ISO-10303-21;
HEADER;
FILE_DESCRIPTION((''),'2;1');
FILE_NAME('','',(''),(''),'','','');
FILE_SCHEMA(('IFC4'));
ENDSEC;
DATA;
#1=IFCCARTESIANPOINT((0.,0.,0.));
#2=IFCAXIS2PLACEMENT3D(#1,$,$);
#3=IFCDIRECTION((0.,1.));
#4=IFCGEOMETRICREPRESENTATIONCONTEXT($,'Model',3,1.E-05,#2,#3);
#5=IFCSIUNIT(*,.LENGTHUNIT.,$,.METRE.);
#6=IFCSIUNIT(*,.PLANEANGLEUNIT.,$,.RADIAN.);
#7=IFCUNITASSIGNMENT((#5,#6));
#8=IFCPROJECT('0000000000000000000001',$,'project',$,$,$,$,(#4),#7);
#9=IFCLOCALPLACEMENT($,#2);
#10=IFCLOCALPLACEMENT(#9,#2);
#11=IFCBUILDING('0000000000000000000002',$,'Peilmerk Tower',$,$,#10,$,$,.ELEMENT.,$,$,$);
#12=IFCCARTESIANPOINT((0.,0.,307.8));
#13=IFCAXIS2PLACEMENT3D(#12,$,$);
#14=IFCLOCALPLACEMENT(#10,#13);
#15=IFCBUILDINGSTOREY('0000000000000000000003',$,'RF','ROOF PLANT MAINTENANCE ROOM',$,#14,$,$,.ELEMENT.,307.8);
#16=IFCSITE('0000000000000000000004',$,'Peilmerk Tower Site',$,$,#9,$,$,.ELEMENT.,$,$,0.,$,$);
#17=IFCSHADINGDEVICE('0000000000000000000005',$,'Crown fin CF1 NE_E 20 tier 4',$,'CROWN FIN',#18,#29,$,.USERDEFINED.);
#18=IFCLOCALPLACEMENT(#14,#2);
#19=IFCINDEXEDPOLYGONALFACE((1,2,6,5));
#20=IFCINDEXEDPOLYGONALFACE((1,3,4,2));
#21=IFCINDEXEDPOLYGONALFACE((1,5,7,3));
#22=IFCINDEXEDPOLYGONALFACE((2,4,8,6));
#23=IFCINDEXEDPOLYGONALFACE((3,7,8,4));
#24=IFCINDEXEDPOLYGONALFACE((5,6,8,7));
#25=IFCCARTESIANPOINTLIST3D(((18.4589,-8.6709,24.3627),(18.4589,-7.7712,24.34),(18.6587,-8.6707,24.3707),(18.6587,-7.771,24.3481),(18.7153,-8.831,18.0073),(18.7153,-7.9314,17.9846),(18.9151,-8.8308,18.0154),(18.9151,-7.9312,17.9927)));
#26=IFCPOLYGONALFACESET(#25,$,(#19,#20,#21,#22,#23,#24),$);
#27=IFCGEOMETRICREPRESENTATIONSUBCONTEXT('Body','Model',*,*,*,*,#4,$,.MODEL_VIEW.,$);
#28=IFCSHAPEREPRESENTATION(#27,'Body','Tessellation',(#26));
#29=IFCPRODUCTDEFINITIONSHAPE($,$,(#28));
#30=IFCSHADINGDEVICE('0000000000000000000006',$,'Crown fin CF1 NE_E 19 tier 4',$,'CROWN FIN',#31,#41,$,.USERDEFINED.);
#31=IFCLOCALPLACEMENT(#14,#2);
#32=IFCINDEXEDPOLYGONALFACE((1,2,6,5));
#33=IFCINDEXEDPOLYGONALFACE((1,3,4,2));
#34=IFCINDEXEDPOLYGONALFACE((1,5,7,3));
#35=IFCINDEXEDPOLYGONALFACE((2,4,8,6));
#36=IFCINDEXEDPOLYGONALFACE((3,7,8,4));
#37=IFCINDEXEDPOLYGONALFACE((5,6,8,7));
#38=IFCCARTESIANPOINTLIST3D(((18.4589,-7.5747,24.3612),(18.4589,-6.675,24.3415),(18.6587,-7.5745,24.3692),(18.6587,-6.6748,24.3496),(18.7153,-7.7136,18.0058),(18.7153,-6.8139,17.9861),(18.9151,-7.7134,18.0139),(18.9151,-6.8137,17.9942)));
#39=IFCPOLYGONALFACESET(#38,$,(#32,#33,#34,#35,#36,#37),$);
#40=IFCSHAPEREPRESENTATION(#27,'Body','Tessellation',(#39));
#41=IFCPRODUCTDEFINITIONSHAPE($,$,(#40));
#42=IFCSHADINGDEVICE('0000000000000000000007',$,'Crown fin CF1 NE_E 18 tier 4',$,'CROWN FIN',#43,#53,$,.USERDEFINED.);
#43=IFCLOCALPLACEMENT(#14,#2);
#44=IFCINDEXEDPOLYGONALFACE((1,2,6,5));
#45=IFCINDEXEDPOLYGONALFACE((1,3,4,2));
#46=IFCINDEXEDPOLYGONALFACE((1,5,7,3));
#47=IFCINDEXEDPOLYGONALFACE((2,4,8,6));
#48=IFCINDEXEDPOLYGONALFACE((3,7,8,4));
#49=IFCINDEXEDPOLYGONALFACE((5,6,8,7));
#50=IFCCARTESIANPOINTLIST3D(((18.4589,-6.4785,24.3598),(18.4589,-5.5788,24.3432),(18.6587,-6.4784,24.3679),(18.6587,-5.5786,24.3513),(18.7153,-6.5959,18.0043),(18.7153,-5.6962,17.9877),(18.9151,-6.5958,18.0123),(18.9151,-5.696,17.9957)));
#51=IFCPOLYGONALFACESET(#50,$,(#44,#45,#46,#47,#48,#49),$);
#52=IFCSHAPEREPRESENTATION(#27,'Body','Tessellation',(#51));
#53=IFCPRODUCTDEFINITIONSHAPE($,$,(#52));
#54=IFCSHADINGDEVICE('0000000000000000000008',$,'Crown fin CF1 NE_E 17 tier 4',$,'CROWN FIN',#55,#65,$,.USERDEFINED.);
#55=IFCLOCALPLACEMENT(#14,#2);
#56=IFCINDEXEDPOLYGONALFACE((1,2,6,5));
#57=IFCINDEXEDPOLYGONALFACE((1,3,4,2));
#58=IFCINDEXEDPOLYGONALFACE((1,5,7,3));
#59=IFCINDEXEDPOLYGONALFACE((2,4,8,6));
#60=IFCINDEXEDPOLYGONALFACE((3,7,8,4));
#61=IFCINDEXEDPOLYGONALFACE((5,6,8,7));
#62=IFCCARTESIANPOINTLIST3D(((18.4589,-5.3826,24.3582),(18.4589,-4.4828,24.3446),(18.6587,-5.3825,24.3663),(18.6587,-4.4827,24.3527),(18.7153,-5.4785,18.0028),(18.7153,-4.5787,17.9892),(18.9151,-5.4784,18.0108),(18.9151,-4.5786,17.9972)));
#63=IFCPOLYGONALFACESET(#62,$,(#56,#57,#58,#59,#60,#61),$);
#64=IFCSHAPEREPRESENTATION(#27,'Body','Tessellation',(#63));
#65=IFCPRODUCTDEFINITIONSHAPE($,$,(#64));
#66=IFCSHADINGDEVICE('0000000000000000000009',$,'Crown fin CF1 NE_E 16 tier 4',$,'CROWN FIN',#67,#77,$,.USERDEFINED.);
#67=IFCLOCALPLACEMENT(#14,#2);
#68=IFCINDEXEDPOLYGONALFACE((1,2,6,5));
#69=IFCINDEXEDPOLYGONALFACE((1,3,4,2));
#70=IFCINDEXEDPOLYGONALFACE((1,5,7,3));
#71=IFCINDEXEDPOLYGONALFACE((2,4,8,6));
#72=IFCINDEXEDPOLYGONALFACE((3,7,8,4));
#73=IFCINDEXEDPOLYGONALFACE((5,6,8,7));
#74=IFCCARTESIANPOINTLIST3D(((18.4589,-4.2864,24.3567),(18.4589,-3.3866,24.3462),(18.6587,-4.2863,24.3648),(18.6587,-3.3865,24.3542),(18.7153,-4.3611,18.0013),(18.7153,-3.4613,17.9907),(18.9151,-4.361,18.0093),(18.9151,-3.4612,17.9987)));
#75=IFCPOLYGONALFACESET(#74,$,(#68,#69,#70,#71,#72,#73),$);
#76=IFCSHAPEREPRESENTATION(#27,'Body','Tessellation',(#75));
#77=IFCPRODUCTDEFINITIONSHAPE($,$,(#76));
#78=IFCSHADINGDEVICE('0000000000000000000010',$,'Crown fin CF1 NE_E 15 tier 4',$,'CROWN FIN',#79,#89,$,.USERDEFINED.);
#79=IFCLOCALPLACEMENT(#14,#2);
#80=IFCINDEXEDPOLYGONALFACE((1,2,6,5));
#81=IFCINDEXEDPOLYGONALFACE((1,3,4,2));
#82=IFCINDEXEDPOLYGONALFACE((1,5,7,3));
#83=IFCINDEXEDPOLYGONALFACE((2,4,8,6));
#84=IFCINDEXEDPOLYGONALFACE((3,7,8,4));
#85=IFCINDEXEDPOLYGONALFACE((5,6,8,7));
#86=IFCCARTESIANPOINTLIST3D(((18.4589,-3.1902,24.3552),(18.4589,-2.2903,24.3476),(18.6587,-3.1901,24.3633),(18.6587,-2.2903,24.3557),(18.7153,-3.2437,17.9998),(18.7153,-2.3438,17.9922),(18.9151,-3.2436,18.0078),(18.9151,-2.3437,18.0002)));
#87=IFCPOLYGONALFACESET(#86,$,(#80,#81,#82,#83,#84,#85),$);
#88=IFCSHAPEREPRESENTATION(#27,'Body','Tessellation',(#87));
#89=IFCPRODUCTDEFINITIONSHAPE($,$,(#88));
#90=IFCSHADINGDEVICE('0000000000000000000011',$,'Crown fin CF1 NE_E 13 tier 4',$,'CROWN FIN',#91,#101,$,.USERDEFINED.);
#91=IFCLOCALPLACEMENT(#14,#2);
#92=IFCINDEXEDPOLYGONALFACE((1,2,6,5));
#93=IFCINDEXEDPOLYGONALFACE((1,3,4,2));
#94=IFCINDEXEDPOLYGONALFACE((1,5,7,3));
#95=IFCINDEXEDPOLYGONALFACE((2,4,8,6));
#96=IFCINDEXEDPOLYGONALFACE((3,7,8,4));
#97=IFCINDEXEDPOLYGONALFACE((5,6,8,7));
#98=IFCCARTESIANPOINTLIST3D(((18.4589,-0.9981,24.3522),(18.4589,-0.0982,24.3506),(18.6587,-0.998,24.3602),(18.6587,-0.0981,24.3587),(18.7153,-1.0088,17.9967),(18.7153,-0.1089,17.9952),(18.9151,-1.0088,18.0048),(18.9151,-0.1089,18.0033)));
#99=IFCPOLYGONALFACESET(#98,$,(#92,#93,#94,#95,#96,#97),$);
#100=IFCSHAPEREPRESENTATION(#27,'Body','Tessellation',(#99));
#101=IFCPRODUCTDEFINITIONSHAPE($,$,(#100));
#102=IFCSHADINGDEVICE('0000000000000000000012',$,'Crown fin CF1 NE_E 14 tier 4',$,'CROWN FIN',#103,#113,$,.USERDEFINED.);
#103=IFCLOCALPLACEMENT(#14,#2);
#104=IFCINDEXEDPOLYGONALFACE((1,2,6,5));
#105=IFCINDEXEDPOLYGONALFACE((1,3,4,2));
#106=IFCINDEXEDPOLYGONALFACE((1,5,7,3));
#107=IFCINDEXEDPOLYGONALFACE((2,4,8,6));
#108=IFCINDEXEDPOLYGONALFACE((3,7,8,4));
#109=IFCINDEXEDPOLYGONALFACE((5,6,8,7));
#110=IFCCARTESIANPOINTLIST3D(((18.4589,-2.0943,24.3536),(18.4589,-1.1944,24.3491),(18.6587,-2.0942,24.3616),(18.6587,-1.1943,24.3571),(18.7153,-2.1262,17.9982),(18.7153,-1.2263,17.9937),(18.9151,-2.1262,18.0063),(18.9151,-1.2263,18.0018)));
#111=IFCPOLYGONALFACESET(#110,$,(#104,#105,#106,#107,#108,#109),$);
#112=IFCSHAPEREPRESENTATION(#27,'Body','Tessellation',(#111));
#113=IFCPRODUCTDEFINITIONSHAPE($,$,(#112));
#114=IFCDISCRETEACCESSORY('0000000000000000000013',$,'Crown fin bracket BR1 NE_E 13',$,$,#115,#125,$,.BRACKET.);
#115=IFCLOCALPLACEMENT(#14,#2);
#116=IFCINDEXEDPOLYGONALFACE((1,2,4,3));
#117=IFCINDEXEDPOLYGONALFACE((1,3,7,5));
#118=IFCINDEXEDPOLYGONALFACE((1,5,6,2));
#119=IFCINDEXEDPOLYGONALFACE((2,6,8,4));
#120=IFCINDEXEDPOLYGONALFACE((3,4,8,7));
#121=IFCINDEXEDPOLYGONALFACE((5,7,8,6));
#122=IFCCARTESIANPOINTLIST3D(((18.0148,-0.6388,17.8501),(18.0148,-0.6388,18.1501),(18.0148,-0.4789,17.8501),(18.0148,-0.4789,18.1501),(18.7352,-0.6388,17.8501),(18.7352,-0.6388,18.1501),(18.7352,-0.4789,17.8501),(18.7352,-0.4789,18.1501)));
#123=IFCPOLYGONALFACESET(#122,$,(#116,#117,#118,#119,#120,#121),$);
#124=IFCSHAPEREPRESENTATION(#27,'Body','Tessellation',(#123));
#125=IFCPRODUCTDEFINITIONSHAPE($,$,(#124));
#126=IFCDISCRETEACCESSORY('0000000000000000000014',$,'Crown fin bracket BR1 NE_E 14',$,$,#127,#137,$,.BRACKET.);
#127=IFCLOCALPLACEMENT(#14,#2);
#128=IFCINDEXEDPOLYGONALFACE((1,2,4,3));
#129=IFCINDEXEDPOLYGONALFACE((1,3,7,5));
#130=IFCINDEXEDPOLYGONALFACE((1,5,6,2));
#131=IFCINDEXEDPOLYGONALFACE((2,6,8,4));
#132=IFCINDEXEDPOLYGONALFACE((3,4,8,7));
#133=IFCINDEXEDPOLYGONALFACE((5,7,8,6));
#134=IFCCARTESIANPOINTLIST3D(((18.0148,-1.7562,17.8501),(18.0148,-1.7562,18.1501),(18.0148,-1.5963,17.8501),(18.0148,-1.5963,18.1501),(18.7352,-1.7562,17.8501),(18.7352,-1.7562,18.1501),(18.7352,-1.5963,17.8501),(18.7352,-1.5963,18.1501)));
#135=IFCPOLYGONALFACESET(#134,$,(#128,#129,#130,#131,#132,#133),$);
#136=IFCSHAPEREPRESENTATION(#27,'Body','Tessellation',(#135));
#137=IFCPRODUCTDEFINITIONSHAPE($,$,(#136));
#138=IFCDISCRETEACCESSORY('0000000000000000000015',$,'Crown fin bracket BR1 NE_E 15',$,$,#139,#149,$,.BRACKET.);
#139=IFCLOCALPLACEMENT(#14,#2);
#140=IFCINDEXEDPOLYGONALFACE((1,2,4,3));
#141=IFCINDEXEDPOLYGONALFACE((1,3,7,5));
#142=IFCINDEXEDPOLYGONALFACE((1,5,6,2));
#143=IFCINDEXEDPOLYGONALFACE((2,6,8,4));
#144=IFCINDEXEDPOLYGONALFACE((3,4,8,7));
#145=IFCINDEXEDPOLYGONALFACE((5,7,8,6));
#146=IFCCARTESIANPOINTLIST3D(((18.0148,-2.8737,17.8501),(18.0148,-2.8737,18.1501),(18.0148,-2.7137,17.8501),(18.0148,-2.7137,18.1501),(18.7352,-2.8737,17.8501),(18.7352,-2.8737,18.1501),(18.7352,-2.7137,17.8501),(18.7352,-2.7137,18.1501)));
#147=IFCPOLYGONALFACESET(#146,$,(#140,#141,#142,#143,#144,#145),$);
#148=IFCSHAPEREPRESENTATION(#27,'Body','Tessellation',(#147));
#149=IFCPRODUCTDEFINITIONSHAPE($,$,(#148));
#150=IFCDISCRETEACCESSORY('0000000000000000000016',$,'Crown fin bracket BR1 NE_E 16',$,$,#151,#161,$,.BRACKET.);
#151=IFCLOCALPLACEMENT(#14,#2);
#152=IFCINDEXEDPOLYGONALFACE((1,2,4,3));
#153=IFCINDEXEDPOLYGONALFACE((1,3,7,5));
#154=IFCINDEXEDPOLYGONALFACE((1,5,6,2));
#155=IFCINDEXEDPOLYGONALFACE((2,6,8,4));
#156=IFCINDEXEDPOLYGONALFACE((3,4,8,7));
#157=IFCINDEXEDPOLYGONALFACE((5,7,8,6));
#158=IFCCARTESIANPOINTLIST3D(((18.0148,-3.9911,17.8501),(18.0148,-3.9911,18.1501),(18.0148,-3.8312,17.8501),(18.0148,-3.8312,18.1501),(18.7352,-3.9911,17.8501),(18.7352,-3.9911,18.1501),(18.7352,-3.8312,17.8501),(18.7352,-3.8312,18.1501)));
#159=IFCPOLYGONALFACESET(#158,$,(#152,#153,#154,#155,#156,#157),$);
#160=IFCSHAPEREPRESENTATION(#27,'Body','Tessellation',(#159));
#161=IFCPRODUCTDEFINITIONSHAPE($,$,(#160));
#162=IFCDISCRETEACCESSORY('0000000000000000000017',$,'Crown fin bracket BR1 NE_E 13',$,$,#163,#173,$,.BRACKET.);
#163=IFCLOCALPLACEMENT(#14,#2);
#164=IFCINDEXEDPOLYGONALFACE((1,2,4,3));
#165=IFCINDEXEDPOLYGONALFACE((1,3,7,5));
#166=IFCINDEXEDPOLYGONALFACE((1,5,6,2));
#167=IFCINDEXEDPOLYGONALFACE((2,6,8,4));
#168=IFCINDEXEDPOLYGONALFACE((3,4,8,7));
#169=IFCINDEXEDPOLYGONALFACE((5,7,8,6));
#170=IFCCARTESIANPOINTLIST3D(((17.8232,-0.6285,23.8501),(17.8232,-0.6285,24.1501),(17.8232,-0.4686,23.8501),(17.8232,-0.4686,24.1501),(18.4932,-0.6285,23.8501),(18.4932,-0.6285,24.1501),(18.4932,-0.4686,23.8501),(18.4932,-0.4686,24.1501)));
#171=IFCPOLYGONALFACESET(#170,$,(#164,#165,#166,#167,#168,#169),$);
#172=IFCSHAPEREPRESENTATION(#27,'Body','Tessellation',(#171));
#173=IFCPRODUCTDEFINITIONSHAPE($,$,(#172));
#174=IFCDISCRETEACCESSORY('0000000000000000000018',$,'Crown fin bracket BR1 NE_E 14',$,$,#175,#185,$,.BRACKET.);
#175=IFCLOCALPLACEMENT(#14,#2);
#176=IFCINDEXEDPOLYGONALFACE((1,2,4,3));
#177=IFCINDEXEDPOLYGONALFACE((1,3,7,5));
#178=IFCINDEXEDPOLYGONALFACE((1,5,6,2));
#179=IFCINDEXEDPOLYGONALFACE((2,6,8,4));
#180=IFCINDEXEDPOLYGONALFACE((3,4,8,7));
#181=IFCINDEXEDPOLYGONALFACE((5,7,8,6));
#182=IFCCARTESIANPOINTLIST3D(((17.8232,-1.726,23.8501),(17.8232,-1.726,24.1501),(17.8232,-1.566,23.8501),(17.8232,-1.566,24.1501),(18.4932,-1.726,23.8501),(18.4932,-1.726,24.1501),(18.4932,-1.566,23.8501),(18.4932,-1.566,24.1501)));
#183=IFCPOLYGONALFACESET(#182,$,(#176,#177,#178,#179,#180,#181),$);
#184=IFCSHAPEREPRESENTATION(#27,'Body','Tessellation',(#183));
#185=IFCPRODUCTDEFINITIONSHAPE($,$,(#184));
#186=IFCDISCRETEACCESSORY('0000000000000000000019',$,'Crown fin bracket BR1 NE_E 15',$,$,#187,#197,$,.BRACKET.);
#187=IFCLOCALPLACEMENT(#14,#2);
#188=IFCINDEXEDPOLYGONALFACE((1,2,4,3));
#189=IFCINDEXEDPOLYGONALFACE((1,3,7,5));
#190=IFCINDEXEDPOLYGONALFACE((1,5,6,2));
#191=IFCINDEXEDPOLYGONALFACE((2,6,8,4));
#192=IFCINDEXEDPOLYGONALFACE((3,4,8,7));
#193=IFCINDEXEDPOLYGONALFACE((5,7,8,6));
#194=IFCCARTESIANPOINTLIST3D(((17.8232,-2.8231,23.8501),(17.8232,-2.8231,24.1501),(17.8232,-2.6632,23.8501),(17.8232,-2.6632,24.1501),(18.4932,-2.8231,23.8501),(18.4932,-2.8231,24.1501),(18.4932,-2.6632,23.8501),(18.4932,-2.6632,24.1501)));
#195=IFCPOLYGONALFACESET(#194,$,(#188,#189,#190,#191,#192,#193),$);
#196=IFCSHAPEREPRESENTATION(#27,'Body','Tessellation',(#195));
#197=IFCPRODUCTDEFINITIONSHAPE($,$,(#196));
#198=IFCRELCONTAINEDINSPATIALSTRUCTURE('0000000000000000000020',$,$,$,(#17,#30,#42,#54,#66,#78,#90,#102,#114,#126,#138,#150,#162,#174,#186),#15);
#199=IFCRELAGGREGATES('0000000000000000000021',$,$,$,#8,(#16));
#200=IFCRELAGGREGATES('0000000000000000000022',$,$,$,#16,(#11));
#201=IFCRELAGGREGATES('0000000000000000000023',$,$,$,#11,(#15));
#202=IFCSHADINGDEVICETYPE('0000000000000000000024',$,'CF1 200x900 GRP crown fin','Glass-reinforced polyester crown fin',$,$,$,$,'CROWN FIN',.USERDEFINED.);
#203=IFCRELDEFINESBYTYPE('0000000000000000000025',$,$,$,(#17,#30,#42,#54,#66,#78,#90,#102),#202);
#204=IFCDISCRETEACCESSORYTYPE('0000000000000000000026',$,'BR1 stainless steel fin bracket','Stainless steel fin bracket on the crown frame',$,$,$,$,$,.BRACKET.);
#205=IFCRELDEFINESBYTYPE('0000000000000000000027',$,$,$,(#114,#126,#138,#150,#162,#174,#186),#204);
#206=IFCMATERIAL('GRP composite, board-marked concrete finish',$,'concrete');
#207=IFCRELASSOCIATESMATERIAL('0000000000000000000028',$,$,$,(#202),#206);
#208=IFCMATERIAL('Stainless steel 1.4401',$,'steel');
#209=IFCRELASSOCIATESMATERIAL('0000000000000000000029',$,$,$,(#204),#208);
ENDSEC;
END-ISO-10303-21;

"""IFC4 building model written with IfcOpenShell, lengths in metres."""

from ifc_helpers import new_model, si_unit, direction, frame, origin, origin_2d, place, context, subcontext, project, spatial, rectangle, extrude, source, transform, mapped, material, material_profile, profile_set, type_object, element, save


model = new_model("IFC4")

# Units and contexts
model_context = context("Model", 3, precision=1e-05, world=origin(), true_north=direction((0.0, 1.0)))
body_context = subcontext(model_context, "Body", "Model", "MODEL_VIEW")
ifc_project = project(units=[si_unit("LENGTHUNIT", "METRE"), si_unit("PLANEANGLEUNIT", "RADIAN")], contexts=[model_context])

# Site, building, storey
site_placement = place(None, origin())
site = spatial("IfcSite", under=ifc_project, at=site_placement, Name="Peilmerk Tower Site", CompositionType="ELEMENT", RefElevation=0.0)
building_placement = place(site_placement, origin())
building = spatial("IfcBuilding", under=site, at=building_placement, Name="Peilmerk Tower", CompositionType="ELEMENT")
storey_placement = place(building_placement, frame((0.0, 0.0, 307.8)))
storey = spatial("IfcBuildingStorey", under=building, at=storey_placement, Name="RF", Description="ROOF PLANT MAINTENANCE ROOM", CompositionType="ELEMENT", Elevation=307.8)

# Shading devices
ifc_material_1 = material(Name="GRP composite, board-marked concrete finish", Category="concrete")
ifc_material_profile = material_profile(ifc_material_1, rectangle(XDim=0.2, YDim=0.8999, at=origin_2d()), Name="CF1 200x900")
ifc_profile_set = profile_set([ifc_material_profile], Name="GRP composite, board-marked concrete finish")
shading_device_type = type_object("IfcShadingDeviceType", Name="CF1 200x900 GRP crown fin", Description="Glass-reinforced polyester crown fin", ElementType="CROWN FIN", PredefinedType="USERDEFINED", material=ifc_profile_set)
shared_shape_1 = source(origin(), body_context, "Body", "SweptSolid", [
    extrude(rectangle(XDim=0.2, YDim=0.8999, at=origin_2d()), origin(), (0.0, 0.0, 1.0), 6.3625),
])
shading_device_1_placement = place(storey_placement, frame((18.8152, -8.3811, 18.0), z_axis=(-0.040289, 0.025171, 0.998871), x_axis=(0.999188, 0.001015, 0.040277)))
element("IfcShadingDevice", 1, at=shading_device_1_placement, inside=storey, type_object=shading_device_type, Name="Crown fin CF1 NE_E 20 tier 4", ObjectType="CROWN FIN", PredefinedType="USERDEFINED", context=body_context, shape_type="MappedRepresentation", body=[
    mapped(shared_shape_1, transform((0.0, 0.0, 0.0), scale=1.0)),
])
shared_shape_2 = source(origin(), body_context, "Body", "SweptSolid", [
    extrude(rectangle(XDim=0.2, YDim=0.8999, at=origin_2d()), origin(), (0.0, 0.0, 1.0), 6.3621),
])
shading_device_2_placement = place(storey_placement, frame((18.8152, -7.2637, 18.0), z_axis=(-0.040293, 0.021835, 0.998949), x_axis=(0.999188, 0.00088, 0.040283)))
element("IfcShadingDevice", 2, at=shading_device_2_placement, inside=storey, type_object=shading_device_type, Name="Crown fin CF1 NE_E 19 tier 4", ObjectType="CROWN FIN", PredefinedType="USERDEFINED", context=body_context, shape_type="MappedRepresentation", body=[
    mapped(shared_shape_2, transform((0.0, 0.0, 0.0), scale=1.0)),
])
shared_shape_3 = source(origin(), body_context, "Body", "SweptSolid", [
    extrude(rectangle(XDim=0.2, YDim=0.8999, at=origin_2d()), origin(), (0.0, 0.0, 1.0), 6.3618),
])
shading_device_3_placement = place(storey_placement, frame((18.8152, -6.146, 18.0), z_axis=(-0.040295, 0.018459, 0.999017), x_axis=(0.999188, 0.000744, 0.040288)))
element("IfcShadingDevice", 3, at=shading_device_3_placement, inside=storey, type_object=shading_device_type, Name="Crown fin CF1 NE_E 18 tier 4", ObjectType="CROWN FIN", PredefinedType="USERDEFINED", context=body_context, shape_type="MappedRepresentation", body=[
    mapped(shared_shape_3, transform((0.0, 0.0, 0.0), scale=1.0)),
])
shared_shape_4 = source(origin(), body_context, "Body", "SweptSolid", [
    extrude(rectangle(XDim=0.2, YDim=0.8999, at=origin_2d()), origin(), (0.0, 0.0, 1.0), 6.3613),
])
shading_device_4_placement = place(storey_placement, frame((18.8152, -5.0286, 18.0), z_axis=(-0.040298, 0.015083, 0.999074), x_axis=(0.999188, 0.000608, 0.040293)))
element("IfcShadingDevice", 4, at=shading_device_4_placement, inside=storey, type_object=shading_device_type, Name="Crown fin CF1 NE_E 17 tier 4", ObjectType="CROWN FIN", PredefinedType="USERDEFINED", context=body_context, shape_type="MappedRepresentation", body=[
    mapped(shared_shape_4, transform((0.0, 0.0, 0.0), scale=1.0)),
])
shared_shape_5 = source(origin(), body_context, "Body", "SweptSolid", [
    extrude(rectangle(XDim=0.2, YDim=0.8999, at=origin_2d()), origin(), (0.0, 0.0, 1.0), 6.3611),
])
shading_device_5_placement = place(storey_placement, frame((18.8152, -3.9111, 18.0), z_axis=(-0.040299, 0.011744, 0.999119), x_axis=(0.999188, 0.000474, 0.040297)))
element("IfcShadingDevice", 5, at=shading_device_5_placement, inside=storey, type_object=shading_device_type, Name="Crown fin CF1 NE_E 16 tier 4", ObjectType="CROWN FIN", PredefinedType="USERDEFINED", context=body_context, shape_type="MappedRepresentation", body=[
    mapped(shared_shape_5, transform((0.0, 0.0, 0.0), scale=1.0)),
])
shared_shape_6 = source(origin(), body_context, "Body", "SweptSolid", [
    extrude(rectangle(XDim=0.2, YDim=0.8999, at=origin_2d()), origin(), (0.0, 0.0, 1.0), 6.3608),
])
shading_device_6_placement = place(storey_placement, frame((18.8152, -2.7937, 18.0), z_axis=(-0.040301, 0.008406, 0.999152), x_axis=(0.999188, 0.000339, 0.040299)))
element("IfcShadingDevice", 6, at=shading_device_6_placement, inside=storey, type_object=shading_device_type, Name="Crown fin CF1 NE_E 15 tier 4", ObjectType="CROWN FIN", PredefinedType="USERDEFINED", context=body_context, shape_type="MappedRepresentation", body=[
    mapped(shared_shape_6, transform((0.0, 0.0, 0.0), scale=1.0)),
])
shared_shape_7 = source(origin(), body_context, "Body", "SweptSolid", [
    extrude(rectangle(XDim=0.2, YDim=0.8999, at=origin_2d()), origin(), (0.0, 0.0, 1.0), 6.3606),
])
for number, where, z_axis, x_axis, name in (
    (7, (18.8152, -0.5588, 18.0), (-0.040302, 0.001689, 0.999186), (0.999188, 0.000068, 0.040302), "Crown fin CF1 NE_E 13 tier 4"),
    (8, (18.8152, -1.6763, 18.0), (-0.040302, 0.005028, 0.999175), (0.999188, 0.000203, 0.040301), "Crown fin CF1 NE_E 14 tier 4"),
):
    element("IfcShadingDevice", number, at=place(storey_placement, frame(where, z_axis=z_axis, x_axis=x_axis)), inside=storey, type_object=shading_device_type, Name=name, ObjectType="CROWN FIN", PredefinedType="USERDEFINED", context=body_context, shape_type="MappedRepresentation", body=[
        mapped(shared_shape_7, transform((0.0, 0.0, 0.0), scale=1.0)),
    ])

# Discrete accessories
ifc_material_2 = material(Name="Stainless steel 1.4401", Category="steel")
discrete_accessory_type = type_object("IfcDiscreteAccessoryType", Name="BR1 stainless steel fin bracket", Description="Stainless steel fin bracket on the crown frame", PredefinedType="BRACKET", material=ifc_material_2)
shared_shape_8 = source(origin(), body_context, "Body", "SweptSolid", [
    extrude(rectangle(XDim=0.7205, YDim=0.1599, at=origin_2d()), origin(), (0.0, 0.0, 1.0), 0.3),
])
for number, where, z_axis, x_axis, name in (
    (9, (18.375, -0.5588, 17.8501), (0.0, 0.0, 1.0), (1.0, 0.0, 0.0), "Crown fin bracket BR1 NE_E 13"),
    (10, (18.375, -1.6763, 17.8501), (0.0, 0.0, 1.0), (1.0, 0.0, 0.0), "Crown fin bracket BR1 NE_E 14"),
    (11, (18.375, -2.7937, 17.8501), (0.0, 0.0, 1.0), (1.0, 0.0, 0.0), "Crown fin bracket BR1 NE_E 15"),
    (12, (18.375, -3.9111, 17.8501), (0.0, 0.0, 1.0), (1.0, 0.0, 0.0), "Crown fin bracket BR1 NE_E 16"),
):
    element("IfcDiscreteAccessory", number, at=place(storey_placement, frame(where, z_axis=z_axis, x_axis=x_axis)), inside=storey, type_object=discrete_accessory_type, Name=name, PredefinedType="BRACKET", context=body_context, shape_type="MappedRepresentation", body=[
        mapped(shared_shape_8, transform((0.0, 0.0, 0.0), scale=1.0)),
    ])
shared_shape_9 = source(origin(), body_context, "Body", "SweptSolid", [
    extrude(rectangle(XDim=0.6699, YDim=0.1599, at=origin_2d()), origin(), (0.0, 0.0, 1.0), 0.3),
])
for number, where, z_axis, x_axis, name in (
    (13, (18.1582, -0.5486, 23.8501), (0.0, 0.0, 1.0), (1.0, 0.0, 0.0), "Crown fin bracket BR1 NE_E 13"),
    (14, (18.1582, -1.646, 23.8501), (0.0, 0.0, 1.0), (1.0, 0.0, 0.0), "Crown fin bracket BR1 NE_E 14"),
    (15, (18.1582, -2.7432, 23.8501), (0.0, 0.0, 1.0), (1.0, 0.0, 0.0), "Crown fin bracket BR1 NE_E 15"),
):
    element("IfcDiscreteAccessory", number, at=place(storey_placement, frame(where, z_axis=z_axis, x_axis=x_axis)), inside=storey, type_object=discrete_accessory_type, Name=name, PredefinedType="BRACKET", context=body_context, shape_type="MappedRepresentation", body=[
        mapped(shared_shape_9, transform((0.0, 0.0, 0.0), scale=1.0)),
    ])

save(model, "model.ifc")
